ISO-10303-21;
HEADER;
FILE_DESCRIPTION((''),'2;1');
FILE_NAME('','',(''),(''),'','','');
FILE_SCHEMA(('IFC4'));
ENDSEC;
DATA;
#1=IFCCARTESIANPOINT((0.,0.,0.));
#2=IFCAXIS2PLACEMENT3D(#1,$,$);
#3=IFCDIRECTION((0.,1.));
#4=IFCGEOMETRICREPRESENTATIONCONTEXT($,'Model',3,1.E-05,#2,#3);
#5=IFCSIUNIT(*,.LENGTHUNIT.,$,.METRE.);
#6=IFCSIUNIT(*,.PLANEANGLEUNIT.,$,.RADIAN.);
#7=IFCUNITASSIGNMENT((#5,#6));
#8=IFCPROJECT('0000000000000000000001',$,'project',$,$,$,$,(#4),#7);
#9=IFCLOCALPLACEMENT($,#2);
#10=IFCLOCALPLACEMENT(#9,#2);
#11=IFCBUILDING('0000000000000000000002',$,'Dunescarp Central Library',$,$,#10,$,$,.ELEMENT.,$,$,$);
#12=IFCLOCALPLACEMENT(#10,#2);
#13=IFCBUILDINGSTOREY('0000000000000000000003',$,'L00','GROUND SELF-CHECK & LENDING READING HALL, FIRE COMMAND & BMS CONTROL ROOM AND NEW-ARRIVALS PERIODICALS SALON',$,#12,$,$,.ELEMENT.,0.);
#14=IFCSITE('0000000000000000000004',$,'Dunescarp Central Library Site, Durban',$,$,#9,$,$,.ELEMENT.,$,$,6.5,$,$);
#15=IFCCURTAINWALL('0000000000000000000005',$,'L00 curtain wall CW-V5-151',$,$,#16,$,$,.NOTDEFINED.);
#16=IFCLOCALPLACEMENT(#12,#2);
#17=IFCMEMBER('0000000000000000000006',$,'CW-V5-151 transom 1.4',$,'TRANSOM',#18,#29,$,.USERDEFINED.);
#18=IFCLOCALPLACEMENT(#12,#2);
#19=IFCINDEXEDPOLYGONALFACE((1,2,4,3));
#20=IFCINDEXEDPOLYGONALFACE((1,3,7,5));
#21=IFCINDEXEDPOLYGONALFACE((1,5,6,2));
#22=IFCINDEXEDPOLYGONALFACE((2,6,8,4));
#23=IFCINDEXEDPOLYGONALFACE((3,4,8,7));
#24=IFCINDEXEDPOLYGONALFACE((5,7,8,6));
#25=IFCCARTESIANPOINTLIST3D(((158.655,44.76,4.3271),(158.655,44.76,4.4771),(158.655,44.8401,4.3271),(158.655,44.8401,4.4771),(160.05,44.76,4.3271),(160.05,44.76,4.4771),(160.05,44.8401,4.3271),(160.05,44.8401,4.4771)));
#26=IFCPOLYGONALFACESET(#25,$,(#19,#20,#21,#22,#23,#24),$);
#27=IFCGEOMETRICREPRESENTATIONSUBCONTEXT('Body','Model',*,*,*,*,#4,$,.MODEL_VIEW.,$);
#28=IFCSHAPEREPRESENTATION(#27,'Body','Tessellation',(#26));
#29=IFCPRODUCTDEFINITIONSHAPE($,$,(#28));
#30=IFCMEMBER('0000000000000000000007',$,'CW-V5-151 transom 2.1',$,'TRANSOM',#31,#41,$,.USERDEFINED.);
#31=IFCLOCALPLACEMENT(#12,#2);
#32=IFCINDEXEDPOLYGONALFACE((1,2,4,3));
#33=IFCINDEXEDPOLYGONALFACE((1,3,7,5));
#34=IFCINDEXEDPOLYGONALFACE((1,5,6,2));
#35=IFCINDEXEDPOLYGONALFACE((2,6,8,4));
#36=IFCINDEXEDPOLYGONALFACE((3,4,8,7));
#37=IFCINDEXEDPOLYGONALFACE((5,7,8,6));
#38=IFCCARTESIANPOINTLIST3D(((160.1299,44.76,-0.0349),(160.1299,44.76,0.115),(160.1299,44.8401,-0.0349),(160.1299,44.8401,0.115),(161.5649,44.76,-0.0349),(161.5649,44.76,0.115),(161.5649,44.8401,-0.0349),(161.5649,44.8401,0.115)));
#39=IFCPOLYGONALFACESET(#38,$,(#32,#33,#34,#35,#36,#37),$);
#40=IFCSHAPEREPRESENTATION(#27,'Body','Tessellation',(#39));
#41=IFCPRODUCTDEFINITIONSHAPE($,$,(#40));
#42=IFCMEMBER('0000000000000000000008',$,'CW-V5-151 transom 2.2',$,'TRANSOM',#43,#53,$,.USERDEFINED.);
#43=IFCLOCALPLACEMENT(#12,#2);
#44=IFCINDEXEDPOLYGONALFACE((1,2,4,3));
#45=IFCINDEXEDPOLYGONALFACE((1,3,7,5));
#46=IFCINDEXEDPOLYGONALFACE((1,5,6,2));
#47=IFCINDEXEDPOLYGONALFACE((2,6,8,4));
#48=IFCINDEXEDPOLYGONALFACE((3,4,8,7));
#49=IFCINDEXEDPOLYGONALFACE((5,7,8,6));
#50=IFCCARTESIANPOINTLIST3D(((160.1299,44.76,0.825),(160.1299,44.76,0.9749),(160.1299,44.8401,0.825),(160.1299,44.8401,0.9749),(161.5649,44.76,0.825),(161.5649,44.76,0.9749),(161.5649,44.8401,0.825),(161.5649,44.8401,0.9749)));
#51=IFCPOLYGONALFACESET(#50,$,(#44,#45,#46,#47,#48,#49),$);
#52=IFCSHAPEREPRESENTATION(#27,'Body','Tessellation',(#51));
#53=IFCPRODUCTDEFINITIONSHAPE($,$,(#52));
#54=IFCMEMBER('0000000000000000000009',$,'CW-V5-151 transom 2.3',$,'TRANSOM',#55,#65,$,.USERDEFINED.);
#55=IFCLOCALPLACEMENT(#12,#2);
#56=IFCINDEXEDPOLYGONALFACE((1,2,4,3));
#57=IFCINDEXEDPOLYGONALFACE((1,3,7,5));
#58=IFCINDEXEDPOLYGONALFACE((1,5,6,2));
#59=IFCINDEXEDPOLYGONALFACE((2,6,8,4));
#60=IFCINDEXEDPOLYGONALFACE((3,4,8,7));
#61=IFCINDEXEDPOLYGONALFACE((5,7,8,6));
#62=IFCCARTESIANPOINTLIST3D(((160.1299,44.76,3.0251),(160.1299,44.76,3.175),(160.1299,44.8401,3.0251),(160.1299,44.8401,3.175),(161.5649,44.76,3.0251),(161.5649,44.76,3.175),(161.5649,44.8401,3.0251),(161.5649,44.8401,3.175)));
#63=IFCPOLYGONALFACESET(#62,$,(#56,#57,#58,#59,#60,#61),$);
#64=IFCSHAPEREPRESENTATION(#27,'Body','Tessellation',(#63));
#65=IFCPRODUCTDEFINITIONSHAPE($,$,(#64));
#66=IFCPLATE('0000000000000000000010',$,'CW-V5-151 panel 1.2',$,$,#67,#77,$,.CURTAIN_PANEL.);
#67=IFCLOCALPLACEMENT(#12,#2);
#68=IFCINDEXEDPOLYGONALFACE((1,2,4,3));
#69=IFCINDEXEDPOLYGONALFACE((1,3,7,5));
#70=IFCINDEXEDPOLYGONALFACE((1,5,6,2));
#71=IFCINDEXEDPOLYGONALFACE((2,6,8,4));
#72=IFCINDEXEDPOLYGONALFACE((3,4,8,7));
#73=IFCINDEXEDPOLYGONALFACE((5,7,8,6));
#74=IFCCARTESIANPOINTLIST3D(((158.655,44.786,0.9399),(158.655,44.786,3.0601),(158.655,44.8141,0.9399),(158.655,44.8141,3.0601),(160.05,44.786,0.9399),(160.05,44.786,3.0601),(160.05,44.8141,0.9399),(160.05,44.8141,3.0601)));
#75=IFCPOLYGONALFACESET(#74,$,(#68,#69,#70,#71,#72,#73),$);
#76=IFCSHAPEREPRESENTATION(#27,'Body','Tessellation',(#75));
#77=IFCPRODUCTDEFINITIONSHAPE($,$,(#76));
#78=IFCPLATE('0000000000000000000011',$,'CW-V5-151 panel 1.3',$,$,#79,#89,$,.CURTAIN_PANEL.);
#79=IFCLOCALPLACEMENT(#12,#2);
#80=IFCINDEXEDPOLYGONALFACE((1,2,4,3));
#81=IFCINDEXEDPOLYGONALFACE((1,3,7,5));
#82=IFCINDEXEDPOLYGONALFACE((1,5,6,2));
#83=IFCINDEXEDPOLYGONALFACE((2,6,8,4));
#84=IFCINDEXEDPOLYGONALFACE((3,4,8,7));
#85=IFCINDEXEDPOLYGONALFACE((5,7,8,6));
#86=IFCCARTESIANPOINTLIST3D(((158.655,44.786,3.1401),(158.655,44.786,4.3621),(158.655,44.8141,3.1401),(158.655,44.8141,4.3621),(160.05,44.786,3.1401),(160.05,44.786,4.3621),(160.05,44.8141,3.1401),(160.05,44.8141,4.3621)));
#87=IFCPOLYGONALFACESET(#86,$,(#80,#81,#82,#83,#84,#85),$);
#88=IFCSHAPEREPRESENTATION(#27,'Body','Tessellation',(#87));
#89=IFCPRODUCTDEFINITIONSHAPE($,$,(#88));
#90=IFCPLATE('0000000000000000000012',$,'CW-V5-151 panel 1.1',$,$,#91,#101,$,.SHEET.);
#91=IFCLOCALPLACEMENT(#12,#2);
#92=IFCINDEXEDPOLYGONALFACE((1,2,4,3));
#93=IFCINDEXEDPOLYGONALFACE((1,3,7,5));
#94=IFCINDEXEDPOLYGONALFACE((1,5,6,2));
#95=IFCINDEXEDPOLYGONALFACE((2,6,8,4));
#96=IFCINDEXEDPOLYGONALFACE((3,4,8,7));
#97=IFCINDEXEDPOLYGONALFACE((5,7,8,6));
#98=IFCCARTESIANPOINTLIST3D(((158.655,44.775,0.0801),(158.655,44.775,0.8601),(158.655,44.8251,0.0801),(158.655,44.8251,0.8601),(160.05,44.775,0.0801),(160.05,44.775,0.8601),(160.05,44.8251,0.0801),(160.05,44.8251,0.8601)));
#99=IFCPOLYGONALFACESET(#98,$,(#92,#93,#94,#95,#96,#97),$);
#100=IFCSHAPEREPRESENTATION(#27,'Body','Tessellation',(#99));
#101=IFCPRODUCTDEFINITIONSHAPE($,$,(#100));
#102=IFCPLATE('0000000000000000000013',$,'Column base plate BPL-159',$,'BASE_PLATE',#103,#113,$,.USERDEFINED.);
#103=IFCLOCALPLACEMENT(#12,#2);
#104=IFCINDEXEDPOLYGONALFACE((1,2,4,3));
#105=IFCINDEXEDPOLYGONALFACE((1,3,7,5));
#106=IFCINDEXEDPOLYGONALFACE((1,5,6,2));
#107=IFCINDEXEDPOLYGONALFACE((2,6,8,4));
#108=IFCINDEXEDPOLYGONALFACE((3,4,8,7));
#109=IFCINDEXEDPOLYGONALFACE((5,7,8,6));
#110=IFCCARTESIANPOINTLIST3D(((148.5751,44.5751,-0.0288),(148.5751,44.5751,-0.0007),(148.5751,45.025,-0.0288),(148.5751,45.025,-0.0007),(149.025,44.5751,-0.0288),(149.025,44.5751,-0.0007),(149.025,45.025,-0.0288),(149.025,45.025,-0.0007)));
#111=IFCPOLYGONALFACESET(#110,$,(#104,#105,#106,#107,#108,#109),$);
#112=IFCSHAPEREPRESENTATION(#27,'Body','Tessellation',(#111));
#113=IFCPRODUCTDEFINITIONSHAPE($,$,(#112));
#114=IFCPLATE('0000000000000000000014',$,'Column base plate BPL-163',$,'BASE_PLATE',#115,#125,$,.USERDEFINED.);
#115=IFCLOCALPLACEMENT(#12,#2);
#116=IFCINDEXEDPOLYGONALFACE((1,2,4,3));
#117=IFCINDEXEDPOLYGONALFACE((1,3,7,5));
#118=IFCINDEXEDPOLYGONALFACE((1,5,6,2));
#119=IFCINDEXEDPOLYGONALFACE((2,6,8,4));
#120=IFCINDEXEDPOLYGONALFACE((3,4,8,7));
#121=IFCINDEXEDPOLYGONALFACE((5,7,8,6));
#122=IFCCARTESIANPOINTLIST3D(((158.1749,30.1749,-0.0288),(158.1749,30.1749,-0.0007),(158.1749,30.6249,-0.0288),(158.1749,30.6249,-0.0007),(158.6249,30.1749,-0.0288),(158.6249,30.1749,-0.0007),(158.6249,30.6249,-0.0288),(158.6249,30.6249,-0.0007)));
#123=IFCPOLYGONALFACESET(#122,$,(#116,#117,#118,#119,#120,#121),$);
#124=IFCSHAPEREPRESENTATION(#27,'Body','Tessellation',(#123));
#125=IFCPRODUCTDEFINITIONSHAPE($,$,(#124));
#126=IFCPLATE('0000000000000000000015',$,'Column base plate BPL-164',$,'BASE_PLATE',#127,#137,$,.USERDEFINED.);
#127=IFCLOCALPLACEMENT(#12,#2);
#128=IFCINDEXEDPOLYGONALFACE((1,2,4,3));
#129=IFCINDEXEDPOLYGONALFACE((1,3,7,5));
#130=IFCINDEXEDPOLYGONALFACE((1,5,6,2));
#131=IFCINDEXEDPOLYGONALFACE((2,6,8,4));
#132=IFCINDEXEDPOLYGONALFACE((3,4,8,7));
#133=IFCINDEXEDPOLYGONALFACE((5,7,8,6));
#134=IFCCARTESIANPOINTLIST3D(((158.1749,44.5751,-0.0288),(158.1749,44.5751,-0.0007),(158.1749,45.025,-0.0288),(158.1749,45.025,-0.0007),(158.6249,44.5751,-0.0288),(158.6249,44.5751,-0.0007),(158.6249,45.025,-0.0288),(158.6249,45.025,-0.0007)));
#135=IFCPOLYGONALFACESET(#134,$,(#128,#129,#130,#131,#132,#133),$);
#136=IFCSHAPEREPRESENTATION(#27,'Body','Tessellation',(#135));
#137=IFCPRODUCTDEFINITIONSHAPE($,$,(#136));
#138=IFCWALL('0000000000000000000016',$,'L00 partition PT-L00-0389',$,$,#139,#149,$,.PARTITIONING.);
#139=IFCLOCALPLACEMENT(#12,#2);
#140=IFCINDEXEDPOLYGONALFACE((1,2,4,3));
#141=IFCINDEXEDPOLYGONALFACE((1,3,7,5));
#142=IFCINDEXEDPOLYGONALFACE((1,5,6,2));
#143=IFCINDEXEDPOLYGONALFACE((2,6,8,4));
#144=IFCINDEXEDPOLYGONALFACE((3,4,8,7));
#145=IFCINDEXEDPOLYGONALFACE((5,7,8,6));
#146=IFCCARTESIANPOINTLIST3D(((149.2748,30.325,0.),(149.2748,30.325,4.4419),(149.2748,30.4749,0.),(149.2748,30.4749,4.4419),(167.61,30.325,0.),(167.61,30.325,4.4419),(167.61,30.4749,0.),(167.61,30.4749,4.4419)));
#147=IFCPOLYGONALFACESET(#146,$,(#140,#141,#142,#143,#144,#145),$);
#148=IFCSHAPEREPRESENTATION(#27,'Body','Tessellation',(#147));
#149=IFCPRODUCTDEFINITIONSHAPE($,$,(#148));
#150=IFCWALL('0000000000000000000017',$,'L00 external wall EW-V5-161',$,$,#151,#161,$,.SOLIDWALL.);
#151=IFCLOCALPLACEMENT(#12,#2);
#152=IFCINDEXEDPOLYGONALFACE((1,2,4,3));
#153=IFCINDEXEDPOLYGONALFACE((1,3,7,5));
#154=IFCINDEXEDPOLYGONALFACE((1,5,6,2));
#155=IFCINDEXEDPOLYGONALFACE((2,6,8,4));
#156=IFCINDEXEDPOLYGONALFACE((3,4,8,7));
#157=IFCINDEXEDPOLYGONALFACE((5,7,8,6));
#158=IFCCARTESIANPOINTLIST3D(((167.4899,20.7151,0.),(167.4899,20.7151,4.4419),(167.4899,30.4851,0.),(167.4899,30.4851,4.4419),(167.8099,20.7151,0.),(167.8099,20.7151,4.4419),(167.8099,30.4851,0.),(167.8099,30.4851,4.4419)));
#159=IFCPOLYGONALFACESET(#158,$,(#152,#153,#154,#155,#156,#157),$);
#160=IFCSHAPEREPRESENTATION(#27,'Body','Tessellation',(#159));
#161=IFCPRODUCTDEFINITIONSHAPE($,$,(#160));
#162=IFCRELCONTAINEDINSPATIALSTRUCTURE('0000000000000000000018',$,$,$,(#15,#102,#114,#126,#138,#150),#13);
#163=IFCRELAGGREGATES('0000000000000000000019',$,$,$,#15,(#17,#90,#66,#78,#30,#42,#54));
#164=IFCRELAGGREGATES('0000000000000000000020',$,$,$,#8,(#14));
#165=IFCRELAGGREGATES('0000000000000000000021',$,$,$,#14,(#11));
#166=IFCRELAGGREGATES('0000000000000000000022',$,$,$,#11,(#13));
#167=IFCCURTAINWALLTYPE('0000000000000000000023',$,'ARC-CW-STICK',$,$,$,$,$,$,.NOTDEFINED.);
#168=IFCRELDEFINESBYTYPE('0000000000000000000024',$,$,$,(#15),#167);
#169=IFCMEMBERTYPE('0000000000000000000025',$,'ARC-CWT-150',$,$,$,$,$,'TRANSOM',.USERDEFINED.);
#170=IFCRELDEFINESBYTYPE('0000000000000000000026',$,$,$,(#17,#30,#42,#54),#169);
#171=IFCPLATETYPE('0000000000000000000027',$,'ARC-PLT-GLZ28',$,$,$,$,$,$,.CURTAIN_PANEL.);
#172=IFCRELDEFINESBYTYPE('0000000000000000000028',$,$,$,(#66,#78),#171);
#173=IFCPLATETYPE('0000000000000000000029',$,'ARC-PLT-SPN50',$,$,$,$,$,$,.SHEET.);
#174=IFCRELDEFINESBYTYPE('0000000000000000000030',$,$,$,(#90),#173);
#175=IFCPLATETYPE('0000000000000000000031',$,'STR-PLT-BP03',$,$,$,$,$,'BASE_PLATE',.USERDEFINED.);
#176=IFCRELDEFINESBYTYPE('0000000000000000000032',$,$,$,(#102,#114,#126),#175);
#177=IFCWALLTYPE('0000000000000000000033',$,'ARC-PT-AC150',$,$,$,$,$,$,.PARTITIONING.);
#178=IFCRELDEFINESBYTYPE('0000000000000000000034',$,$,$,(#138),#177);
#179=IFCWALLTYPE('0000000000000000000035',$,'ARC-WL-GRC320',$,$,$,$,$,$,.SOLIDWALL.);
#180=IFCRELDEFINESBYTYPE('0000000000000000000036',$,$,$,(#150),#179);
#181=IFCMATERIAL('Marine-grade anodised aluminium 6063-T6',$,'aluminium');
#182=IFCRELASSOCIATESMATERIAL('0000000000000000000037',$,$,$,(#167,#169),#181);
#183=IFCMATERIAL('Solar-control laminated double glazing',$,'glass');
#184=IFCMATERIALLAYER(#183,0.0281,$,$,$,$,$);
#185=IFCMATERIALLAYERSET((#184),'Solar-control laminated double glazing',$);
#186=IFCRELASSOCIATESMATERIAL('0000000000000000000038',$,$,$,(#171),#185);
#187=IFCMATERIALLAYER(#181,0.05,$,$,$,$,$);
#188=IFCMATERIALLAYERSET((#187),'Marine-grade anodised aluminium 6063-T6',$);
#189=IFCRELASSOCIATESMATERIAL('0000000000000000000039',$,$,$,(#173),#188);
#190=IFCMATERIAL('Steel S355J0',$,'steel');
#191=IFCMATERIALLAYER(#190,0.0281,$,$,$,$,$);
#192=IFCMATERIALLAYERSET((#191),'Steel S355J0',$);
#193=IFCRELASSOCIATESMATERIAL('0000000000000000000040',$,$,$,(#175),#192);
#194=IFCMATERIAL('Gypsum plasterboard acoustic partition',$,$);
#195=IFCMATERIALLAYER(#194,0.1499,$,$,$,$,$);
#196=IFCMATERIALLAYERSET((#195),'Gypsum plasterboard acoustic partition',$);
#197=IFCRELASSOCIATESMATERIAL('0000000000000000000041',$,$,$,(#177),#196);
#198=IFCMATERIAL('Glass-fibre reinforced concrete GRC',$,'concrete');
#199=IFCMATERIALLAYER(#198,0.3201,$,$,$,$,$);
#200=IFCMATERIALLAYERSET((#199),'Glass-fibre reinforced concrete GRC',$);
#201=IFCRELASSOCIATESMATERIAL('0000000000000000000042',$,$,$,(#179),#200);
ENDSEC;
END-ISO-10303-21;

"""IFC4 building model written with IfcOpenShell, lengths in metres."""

from ifc_helpers import new_model, si_unit, direction, frame, frame_2d, origin, origin_2d, place, context, subcontext, project, spatial, rectangle, extrude, material, layer, layer_set, material_profile, profile_set, type_object, element, aggregate, save


model = new_model("IFC4")

# Units and contexts
model_context = context("Model", 3, precision=1e-05, world=origin(), true_north=direction((0.0, 1.0)))
body_context = subcontext(model_context, "Body", "Model", "MODEL_VIEW")
ifc_project = project(units=[si_unit("LENGTHUNIT", "METRE"), si_unit("PLANEANGLEUNIT", "RADIAN")], contexts=[model_context])

# Site, building, storey
site_placement = place(None, origin())
site = spatial("IfcSite", under=ifc_project, at=site_placement, Name="Dunescarp Central Library Site, Durban", CompositionType="ELEMENT", RefElevation=6.5)
building_placement = place(site_placement, origin())
building = spatial("IfcBuilding", under=site, at=building_placement, Name="Dunescarp Central Library", CompositionType="ELEMENT")
storey_placement = place(building_placement, origin())
storey = spatial("IfcBuildingStorey", under=building, at=storey_placement, Name="L00", Description="GROUND SELF-CHECK & LENDING READING HALL, FIRE COMMAND & BMS CONTROL ROOM AND NEW-ARRIVALS PERIODICALS SALON", CompositionType="ELEMENT", Elevation=0.0)

# Curtain wall, members, plates
ifc_material_1 = material(Name="Marine-grade anodised aluminium 6063-T6", Category="aluminium")
curtain_wall_type = type_object("IfcCurtainWallType", Name="ARC-CW-STICK", PredefinedType="NOTDEFINED", material=ifc_material_1)
curtain_wall_placement = place(storey_placement, origin())
curtain_wall = element("IfcCurtainWall", 1, at=curtain_wall_placement, inside=storey, type_object=curtain_wall_type, Name="L00 curtain wall CW-V5-151", PredefinedType="NOTDEFINED")
ifc_material_profile_1 = material_profile(ifc_material_1, rectangle(XDim=0.0801, YDim=0.1499, at=origin_2d()), Name="AL 80x150")
ifc_profile_set_1 = profile_set([ifc_material_profile_1], Name="Marine-grade anodised aluminium 6063-T6")
member_type_1 = type_object("IfcMemberType", Name="ARC-CWT-150", ElementType="TRANSOM", PredefinedType="USERDEFINED", material=ifc_profile_set_1)
member_1_placement = place(storey_placement, frame((158.655, 44.8, 4.4021), z_axis=(1.0, 0.0, 0.0), x_axis=(0.0, 1.0, 0.0)))
member_1 = element("IfcMember", 2, at=member_1_placement, type_object=member_type_1, Name="CW-V5-151 transom 1.4", ObjectType="TRANSOM", PredefinedType="USERDEFINED", context=body_context, shape_type="SweptSolid", body=[
    extrude(rectangle(XDim=0.0801, YDim=0.1499, at=origin_2d()), origin(), (0.0, 0.0, 1.0), 1.395),
])
member_2_placement = place(storey_placement, frame((160.1299, 44.8, 0.04), z_axis=(1.0, 0.0, 0.0), x_axis=(0.0, 1.0, 0.0)))
member_2 = element("IfcMember", 3, at=member_2_placement, type_object=member_type_1, Name="CW-V5-151 transom 2.1", ObjectType="TRANSOM", PredefinedType="USERDEFINED", context=body_context, shape_type="SweptSolid", body=[
    extrude(rectangle(XDim=0.0801, YDim=0.1499, at=origin_2d()), origin(), (0.0, 0.0, 1.0), 1.4351),
])
member_3_placement = place(storey_placement, frame((160.1299, 44.8, 0.8999), z_axis=(1.0, 0.0, 0.0), x_axis=(0.0, 1.0, 0.0)))
member_3 = element("IfcMember", 4, at=member_3_placement, type_object=member_type_1, Name="CW-V5-151 transom 2.2", ObjectType="TRANSOM", PredefinedType="USERDEFINED", context=body_context, shape_type="SweptSolid", body=[
    extrude(rectangle(XDim=0.0801, YDim=0.1499, at=origin_2d()), origin(), (0.0, 0.0, 1.0), 1.4351),
])
member_4_placement = place(storey_placement, frame((160.1299, 44.8, 3.1001), z_axis=(1.0, 0.0, 0.0), x_axis=(0.0, 1.0, 0.0)))
member_4 = element("IfcMember", 5, at=member_4_placement, type_object=member_type_1, Name="CW-V5-151 transom 2.3", ObjectType="TRANSOM", PredefinedType="USERDEFINED", context=body_context, shape_type="SweptSolid", body=[
    extrude(rectangle(XDim=0.0801, YDim=0.1499, at=origin_2d()), origin(), (0.0, 0.0, 1.0), 1.4351),
])
ifc_material_2 = material(Name="Solar-control laminated double glazing", Category="glass")
ifc_layer_1 = layer(ifc_material_2, 0.0281)
ifc_layer_set_1 = layer_set([ifc_layer_1], Name="Solar-control laminated double glazing")
plate_type_1 = type_object("IfcPlateType", Name="ARC-PLT-GLZ28", PredefinedType="CURTAIN_PANEL", material=ifc_layer_set_1)
plate_1_placement = place(storey_placement, frame((159.3525, 44.8, 0.9399), z_axis=(0.0, 0.0, 1.0), x_axis=(1.0, 0.0, 0.0)))
plate_1 = element("IfcPlate", 6, at=plate_1_placement, type_object=plate_type_1, Name="CW-V5-151 panel 1.2", PredefinedType="CURTAIN_PANEL", context=body_context, shape_type="SweptSolid", body=[
    extrude(rectangle(XDim=1.395, YDim=0.0281, at=origin_2d()), origin(), (0.0, 0.0, 1.0), 2.1201),
])
plate_2_placement = place(storey_placement, frame((159.3525, 44.8, 3.1401), z_axis=(0.0, 0.0, 1.0), x_axis=(1.0, 0.0, 0.0)))
plate_2 = element("IfcPlate", 7, at=plate_2_placement, type_object=plate_type_1, Name="CW-V5-151 panel 1.3", PredefinedType="CURTAIN_PANEL", context=body_context, shape_type="SweptSolid", body=[
    extrude(rectangle(XDim=1.395, YDim=0.0281, at=origin_2d()), origin(), (0.0, 0.0, 1.0), 1.2219),
])
ifc_layer_2 = layer(ifc_material_1, 0.05)
ifc_layer_set_2 = layer_set([ifc_layer_2], Name="Marine-grade anodised aluminium 6063-T6")
plate_type_2 = type_object("IfcPlateType", Name="ARC-PLT-SPN50", PredefinedType="SHEET", material=ifc_layer_set_2)
plate_3_placement = place(storey_placement, frame((159.3525, 44.8, 0.0801), z_axis=(0.0, 0.0, 1.0), x_axis=(1.0, 0.0, 0.0)))
plate_3 = element("IfcPlate", 8, at=plate_3_placement, type_object=plate_type_2, Name="CW-V5-151 panel 1.1", PredefinedType="SHEET", context=body_context, shape_type="SweptSolid", body=[
    extrude(rectangle(XDim=1.395, YDim=0.05, at=origin_2d()), origin(), (0.0, 0.0, 1.0), 0.78),
])
aggregate(curtain_wall, [member_1, plate_3, plate_1, plate_2, member_2, member_3, member_4])

# Plates
ifc_material_3 = material(Name="Steel S355J0", Category="steel")
ifc_layer_3 = layer(ifc_material_3, 0.0281)
ifc_layer_set_3 = layer_set([ifc_layer_3], Name="Steel S355J0")
plate_type_3 = type_object("IfcPlateType", Name="STR-PLT-BP03", ElementType="BASE_PLATE", PredefinedType="USERDEFINED", material=ifc_layer_set_3)
for number, where, z_axis, x_axis, name in (
    (9, (148.8, 44.8, -0.0288), (0.0, 0.0, 1.0), (1.0, 0.0, 0.0), "Column base plate BPL-159"),
    (10, (158.3999, 30.3999, -0.0288), (0.0, 0.0, 1.0), (1.0, 0.0, 0.0), "Column base plate BPL-163"),
    (11, (158.3999, 44.8, -0.0288), (0.0, 0.0, 1.0), (1.0, 0.0, 0.0), "Column base plate BPL-164"),
):
    element("IfcPlate", number, at=place(storey_placement, frame(where, z_axis=z_axis, x_axis=x_axis)), inside=storey, type_object=plate_type_3, Name=name, ObjectType="BASE_PLATE", PredefinedType="USERDEFINED", context=body_context, shape_type="SweptSolid", body=[
        extrude(rectangle(XDim=0.45, YDim=0.45, at=origin_2d()), origin(), (0.0, 0.0, 1.0), 0.0281),
    ])

# Walls
ifc_material_4 = material(Name="Gypsum plasterboard acoustic partition")
ifc_layer_4 = layer(ifc_material_4, 0.1499)
ifc_layer_set_4 = layer_set([ifc_layer_4], Name="Gypsum plasterboard acoustic partition")
wall_type_1 = type_object("IfcWallType", Name="ARC-PT-AC150", PredefinedType="PARTITIONING", material=ifc_layer_set_4)
wall_1_placement = place(storey_placement, frame((149.2749, 30.3999, 0.0), z_axis=(0.0, 0.0, 1.0), x_axis=(1.0, 0.0, 0.0)))
element("IfcWall", 12, at=wall_1_placement, inside=storey, type_object=wall_type_1, Name="L00 partition PT-L00-0389", PredefinedType="PARTITIONING", context=body_context, shape_type="SweptSolid", body=[
    extrude(rectangle(XDim=18.3352, YDim=0.1499, at=frame_2d((9.1675, 0.0))), origin(), (0.0, 0.0, 1.0), 4.4419),
])
ifc_material_5 = material(Name="Glass-fibre reinforced concrete GRC", Category="concrete")
ifc_layer_5 = layer(ifc_material_5, 0.3201)
ifc_layer_set_5 = layer_set([ifc_layer_5], Name="Glass-fibre reinforced concrete GRC")
wall_type_2 = type_object("IfcWallType", Name="ARC-WL-GRC320", PredefinedType="SOLIDWALL", material=ifc_layer_set_5)
wall_2_placement = place(storey_placement, frame((167.6499, 30.4851, 0.0), z_axis=(0.0, 0.0, 1.0), x_axis=(0.0, -1.0, 0.0)))
element("IfcWall", 13, at=wall_2_placement, inside=storey, type_object=wall_type_2, Name="L00 external wall EW-V5-161", PredefinedType="SOLIDWALL", context=body_context, shape_type="SweptSolid", body=[
    extrude(rectangle(XDim=9.77, YDim=0.3201, at=frame_2d((4.885, 0.0))), origin(), (0.0, 0.0, 1.0), 4.4419),
])

save(model, "model.ifc")
